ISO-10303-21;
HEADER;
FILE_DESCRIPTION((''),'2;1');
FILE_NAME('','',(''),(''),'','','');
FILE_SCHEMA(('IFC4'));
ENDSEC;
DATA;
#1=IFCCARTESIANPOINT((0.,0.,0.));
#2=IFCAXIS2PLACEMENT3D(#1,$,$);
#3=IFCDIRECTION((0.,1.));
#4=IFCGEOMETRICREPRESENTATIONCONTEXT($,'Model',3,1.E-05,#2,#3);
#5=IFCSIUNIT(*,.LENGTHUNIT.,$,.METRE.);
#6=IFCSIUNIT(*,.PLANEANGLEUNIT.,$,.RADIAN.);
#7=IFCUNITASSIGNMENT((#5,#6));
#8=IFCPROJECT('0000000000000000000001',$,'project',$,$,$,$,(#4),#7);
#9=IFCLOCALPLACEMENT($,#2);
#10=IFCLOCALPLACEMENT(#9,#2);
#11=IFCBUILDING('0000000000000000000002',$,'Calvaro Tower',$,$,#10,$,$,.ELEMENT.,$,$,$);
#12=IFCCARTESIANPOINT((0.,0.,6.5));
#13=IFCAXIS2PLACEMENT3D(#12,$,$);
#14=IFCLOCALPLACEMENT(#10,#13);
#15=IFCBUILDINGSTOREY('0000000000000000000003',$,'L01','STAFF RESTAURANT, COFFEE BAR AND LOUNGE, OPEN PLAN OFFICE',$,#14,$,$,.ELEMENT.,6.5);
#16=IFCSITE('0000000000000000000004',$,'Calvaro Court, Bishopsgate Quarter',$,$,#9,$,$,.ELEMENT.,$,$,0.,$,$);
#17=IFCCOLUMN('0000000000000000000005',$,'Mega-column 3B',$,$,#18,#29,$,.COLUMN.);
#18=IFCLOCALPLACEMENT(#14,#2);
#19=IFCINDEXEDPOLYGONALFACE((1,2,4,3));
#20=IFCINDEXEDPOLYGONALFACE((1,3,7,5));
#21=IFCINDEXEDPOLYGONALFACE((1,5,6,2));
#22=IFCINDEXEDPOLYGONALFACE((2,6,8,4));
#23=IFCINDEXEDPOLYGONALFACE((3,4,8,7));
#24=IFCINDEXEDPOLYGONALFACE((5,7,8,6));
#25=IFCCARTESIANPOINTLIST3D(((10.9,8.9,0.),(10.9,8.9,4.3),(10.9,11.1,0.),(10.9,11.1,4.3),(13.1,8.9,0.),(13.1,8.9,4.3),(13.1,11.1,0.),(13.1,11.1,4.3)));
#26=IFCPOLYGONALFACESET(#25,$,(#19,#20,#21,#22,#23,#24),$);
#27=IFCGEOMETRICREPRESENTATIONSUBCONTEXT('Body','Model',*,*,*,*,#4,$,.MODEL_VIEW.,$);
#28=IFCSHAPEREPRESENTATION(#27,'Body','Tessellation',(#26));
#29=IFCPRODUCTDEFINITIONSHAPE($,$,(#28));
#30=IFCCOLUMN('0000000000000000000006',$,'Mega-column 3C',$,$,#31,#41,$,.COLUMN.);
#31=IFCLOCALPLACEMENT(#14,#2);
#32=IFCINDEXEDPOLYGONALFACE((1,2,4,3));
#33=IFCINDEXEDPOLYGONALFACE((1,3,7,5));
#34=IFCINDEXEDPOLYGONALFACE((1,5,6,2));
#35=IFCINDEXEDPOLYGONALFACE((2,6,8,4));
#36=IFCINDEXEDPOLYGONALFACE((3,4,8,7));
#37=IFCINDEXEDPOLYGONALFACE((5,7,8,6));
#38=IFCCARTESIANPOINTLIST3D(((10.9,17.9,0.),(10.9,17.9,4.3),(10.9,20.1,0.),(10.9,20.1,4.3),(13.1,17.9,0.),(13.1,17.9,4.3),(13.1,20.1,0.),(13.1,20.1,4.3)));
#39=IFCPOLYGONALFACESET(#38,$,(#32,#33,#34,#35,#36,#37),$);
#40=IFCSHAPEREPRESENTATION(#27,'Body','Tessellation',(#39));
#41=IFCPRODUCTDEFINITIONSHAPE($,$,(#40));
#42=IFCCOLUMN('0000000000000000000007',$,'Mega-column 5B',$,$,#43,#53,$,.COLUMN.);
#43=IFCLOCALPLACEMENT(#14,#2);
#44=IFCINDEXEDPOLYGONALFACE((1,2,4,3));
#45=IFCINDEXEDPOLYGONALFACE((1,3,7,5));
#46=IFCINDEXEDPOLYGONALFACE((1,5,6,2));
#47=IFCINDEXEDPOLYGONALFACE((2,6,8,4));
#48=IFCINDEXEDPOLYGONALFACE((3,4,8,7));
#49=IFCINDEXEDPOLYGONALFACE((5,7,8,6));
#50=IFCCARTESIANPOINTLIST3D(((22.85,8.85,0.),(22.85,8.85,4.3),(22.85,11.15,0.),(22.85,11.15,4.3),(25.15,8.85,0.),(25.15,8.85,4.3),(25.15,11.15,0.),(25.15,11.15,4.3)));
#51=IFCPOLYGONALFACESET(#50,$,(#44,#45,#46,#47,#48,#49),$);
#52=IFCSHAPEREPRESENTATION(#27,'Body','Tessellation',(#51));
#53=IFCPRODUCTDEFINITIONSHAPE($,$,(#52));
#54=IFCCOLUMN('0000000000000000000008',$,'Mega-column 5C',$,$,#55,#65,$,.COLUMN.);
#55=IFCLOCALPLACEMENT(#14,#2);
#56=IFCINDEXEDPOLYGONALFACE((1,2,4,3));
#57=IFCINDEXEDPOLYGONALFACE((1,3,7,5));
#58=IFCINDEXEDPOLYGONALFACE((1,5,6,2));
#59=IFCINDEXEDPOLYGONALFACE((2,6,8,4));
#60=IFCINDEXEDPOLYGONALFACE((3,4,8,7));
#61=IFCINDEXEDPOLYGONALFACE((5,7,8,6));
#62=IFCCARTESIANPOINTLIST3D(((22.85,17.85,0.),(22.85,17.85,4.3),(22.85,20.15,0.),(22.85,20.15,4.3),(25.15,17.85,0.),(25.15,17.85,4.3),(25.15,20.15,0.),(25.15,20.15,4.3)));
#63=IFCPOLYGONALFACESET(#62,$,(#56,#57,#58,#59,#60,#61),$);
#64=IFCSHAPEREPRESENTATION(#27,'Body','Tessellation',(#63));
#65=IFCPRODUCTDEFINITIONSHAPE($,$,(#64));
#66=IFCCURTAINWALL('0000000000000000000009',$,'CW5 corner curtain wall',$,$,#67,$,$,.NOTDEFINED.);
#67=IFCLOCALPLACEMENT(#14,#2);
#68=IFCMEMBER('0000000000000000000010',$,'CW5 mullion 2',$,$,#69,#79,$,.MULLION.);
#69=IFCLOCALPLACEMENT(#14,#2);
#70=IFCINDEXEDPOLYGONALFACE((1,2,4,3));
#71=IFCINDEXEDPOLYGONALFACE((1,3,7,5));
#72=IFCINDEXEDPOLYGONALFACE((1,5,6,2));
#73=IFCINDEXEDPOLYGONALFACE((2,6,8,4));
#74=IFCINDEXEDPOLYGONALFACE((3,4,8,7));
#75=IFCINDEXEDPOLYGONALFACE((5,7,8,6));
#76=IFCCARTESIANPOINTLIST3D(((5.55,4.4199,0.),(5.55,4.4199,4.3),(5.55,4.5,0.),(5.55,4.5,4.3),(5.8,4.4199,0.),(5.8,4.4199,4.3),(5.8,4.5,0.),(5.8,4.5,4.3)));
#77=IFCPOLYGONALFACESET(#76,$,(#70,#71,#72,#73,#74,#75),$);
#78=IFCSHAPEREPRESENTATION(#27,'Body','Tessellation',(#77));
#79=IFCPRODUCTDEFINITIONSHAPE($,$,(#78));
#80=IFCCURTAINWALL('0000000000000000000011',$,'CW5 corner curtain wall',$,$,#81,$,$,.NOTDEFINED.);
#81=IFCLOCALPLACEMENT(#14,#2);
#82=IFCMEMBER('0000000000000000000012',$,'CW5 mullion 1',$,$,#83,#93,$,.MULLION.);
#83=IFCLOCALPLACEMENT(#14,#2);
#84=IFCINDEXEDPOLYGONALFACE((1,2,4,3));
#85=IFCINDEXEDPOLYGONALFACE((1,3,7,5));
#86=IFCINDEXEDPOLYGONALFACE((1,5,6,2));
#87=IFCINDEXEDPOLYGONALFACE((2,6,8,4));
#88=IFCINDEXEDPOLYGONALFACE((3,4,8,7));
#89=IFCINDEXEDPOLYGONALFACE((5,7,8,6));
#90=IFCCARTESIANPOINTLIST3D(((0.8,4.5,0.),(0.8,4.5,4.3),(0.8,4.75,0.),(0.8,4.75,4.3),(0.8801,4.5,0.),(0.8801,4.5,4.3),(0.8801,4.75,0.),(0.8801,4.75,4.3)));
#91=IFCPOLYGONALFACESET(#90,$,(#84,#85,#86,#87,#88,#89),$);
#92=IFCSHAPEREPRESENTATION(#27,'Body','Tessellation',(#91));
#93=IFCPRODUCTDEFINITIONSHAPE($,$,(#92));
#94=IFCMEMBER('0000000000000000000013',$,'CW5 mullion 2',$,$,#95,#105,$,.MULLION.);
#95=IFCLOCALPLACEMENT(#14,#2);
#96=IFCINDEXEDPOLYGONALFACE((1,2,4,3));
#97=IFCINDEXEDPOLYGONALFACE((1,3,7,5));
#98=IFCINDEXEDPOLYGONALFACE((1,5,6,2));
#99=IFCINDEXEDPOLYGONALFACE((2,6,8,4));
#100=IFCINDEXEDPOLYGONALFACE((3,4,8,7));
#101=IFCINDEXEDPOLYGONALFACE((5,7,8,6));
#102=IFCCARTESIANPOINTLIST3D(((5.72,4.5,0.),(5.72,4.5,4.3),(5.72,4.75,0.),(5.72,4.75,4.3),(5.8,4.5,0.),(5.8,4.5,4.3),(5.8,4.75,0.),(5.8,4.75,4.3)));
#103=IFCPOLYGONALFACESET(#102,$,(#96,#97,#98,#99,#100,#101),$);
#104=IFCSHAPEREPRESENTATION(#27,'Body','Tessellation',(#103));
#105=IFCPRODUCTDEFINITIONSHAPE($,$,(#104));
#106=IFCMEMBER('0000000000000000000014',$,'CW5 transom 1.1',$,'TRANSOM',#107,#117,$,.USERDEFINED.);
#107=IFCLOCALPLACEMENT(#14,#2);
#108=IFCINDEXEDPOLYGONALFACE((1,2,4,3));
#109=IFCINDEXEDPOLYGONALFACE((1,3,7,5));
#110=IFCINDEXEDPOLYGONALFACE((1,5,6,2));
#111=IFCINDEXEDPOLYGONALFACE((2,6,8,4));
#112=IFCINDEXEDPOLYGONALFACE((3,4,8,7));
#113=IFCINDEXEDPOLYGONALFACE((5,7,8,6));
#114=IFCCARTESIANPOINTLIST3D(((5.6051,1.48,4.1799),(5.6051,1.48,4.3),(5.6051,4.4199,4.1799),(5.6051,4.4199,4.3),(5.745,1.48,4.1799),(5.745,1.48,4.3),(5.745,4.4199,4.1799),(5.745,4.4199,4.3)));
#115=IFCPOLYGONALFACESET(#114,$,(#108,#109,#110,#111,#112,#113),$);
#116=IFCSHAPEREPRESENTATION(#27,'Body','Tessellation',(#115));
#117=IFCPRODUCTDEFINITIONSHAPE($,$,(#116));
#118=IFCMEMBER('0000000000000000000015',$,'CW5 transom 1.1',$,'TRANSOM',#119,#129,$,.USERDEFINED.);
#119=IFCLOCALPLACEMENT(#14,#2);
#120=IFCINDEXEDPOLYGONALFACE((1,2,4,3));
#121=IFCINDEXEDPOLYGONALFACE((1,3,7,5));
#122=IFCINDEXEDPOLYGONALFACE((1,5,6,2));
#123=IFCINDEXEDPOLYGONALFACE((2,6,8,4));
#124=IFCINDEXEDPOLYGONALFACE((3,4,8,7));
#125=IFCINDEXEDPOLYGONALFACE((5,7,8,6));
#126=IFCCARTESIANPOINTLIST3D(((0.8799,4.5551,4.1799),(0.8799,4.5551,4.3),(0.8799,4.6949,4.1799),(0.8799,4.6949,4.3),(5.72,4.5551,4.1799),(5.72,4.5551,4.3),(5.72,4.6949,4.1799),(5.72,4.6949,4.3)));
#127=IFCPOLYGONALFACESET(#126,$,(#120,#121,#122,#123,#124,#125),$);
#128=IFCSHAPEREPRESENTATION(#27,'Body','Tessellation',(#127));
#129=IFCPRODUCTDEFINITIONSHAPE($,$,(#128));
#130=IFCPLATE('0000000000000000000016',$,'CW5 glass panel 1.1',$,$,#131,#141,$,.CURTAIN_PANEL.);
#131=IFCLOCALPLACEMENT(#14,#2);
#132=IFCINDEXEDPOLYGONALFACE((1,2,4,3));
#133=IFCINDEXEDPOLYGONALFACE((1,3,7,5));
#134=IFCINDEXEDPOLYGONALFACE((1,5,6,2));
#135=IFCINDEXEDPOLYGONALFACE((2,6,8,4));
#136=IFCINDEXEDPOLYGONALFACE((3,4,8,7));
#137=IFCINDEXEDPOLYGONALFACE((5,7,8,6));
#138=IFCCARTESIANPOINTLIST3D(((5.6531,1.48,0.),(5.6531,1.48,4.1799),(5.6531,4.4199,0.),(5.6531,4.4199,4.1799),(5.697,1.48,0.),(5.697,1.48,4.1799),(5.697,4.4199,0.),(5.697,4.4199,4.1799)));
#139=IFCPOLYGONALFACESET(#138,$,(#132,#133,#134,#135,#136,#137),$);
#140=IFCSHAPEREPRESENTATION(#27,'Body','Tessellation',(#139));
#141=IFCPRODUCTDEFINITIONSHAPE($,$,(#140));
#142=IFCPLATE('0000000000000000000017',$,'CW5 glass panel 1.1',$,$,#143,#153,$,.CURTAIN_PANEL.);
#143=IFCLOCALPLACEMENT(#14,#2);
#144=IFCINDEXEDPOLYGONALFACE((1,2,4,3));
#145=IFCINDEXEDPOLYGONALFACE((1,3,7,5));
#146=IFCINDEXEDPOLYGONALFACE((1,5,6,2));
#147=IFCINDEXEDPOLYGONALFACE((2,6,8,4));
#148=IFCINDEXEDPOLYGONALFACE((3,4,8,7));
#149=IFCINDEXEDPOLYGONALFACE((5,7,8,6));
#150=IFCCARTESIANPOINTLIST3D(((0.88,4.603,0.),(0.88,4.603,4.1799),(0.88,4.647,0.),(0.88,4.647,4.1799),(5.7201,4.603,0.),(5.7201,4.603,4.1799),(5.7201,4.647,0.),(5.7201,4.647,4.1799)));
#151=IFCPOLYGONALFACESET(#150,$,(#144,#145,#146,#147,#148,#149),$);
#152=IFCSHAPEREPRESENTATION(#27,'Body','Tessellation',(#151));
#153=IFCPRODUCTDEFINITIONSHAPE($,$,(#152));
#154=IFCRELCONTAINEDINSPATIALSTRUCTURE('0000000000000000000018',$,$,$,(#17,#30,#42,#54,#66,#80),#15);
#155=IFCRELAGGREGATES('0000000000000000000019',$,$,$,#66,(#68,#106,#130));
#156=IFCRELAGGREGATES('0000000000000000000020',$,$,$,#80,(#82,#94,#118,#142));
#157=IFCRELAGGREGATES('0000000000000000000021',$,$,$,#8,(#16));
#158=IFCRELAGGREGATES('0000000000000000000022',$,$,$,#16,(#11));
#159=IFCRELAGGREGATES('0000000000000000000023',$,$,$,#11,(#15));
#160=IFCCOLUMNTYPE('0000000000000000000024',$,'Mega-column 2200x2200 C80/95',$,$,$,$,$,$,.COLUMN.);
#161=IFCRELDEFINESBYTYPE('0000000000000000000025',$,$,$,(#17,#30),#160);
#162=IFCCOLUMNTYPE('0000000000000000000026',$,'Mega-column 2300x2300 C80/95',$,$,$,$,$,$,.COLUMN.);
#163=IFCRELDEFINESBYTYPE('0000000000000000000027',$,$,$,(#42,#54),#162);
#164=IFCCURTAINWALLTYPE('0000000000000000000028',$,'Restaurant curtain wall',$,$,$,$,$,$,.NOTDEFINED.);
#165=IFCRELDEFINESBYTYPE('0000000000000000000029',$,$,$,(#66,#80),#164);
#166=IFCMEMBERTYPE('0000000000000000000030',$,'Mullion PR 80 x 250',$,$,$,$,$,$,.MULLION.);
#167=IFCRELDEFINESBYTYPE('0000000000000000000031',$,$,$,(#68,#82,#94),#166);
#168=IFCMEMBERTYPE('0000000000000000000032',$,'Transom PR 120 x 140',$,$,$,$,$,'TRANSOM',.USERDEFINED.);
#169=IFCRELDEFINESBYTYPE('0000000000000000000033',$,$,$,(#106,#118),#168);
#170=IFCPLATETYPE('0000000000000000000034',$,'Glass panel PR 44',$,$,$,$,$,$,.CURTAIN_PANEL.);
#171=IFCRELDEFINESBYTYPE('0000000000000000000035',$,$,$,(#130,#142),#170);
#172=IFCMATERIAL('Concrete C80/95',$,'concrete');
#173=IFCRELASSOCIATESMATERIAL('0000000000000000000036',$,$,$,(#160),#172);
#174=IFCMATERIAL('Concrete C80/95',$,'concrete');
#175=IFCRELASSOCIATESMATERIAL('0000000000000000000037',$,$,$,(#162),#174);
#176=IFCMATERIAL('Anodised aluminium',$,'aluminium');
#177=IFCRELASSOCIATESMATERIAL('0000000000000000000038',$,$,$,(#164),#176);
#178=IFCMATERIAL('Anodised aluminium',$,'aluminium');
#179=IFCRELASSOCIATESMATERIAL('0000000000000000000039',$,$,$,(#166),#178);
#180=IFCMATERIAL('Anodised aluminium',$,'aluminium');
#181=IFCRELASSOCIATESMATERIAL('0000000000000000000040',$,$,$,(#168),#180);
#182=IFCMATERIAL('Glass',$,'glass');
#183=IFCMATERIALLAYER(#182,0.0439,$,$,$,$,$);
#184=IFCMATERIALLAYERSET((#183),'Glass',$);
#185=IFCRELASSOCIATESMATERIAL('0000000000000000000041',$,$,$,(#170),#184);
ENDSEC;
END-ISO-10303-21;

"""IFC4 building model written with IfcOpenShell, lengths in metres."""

from ifc_helpers import new_model, si_unit, direction, frame, origin, origin_2d, place, context, subcontext, project, spatial, rectangle, extrude, material, layer, layer_set, material_profile, profile_set, type_object, element, aggregate, save


model = new_model("IFC4")

# Units and contexts
model_context = context("Model", 3, precision=1e-05, world=origin(), true_north=direction((0.0, 1.0)))
body_context = subcontext(model_context, "Body", "Model", "MODEL_VIEW")
ifc_project = project(units=[si_unit("LENGTHUNIT", "METRE"), si_unit("PLANEANGLEUNIT", "RADIAN")], contexts=[model_context])

# Site, building, storey
site_placement = place(None, origin())
site = spatial("IfcSite", under=ifc_project, at=site_placement, Name="Calvaro Court, Bishopsgate Quarter", CompositionType="ELEMENT", RefElevation=0.0)
building_placement = place(site_placement, origin())
building = spatial("IfcBuilding", under=site, at=building_placement, Name="Calvaro Tower", CompositionType="ELEMENT")
storey_placement = place(building_placement, frame((0.0, 0.0, 6.5)))
storey = spatial("IfcBuildingStorey", under=building, at=storey_placement, Name="L01", Description="STAFF RESTAURANT, COFFEE BAR AND LOUNGE, OPEN PLAN OFFICE", CompositionType="ELEMENT", Elevation=6.5)

# Columns
ifc_material_1 = material(Name="Concrete C80/95", Category="concrete")
ifc_material_profile_1 = material_profile(ifc_material_1, rectangle(XDim=2.2, YDim=2.2, at=origin_2d()), Name="RC 2200x2200")
ifc_profile_set_1 = profile_set([ifc_material_profile_1], Name="Concrete C80/95")
column_type_1 = type_object("IfcColumnType", Name="Mega-column 2200x2200 C80/95", PredefinedType="COLUMN", material=ifc_profile_set_1)
for number, where, z_axis, x_axis, name in (
    (1, (12.0, 10.0, 0.0), (0.0, 0.0, 1.0), (1.0, 0.0, 0.0), "Mega-column 3B"),
    (2, (12.0, 19.0, 0.0), (0.0, 0.0, 1.0), (1.0, 0.0, 0.0), "Mega-column 3C"),
):
    element("IfcColumn", number, at=place(storey_placement, frame(where, z_axis=z_axis, x_axis=x_axis)), inside=storey, type_object=column_type_1, Name=name, PredefinedType="COLUMN", context=body_context, shape_type="SweptSolid", body=[
        extrude(rectangle(XDim=2.2, YDim=2.2, at=origin_2d()), origin(), (0.0, 0.0, 1.0), 4.3),
    ])
ifc_material_2 = material(Name="Concrete C80/95", Category="concrete")
ifc_material_profile_2 = material_profile(ifc_material_2, rectangle(XDim=2.3, YDim=2.3, at=origin_2d()), Name="RC 2300x2300")
ifc_profile_set_2 = profile_set([ifc_material_profile_2], Name="Concrete C80/95")
column_type_2 = type_object("IfcColumnType", Name="Mega-column 2300x2300 C80/95", PredefinedType="COLUMN", material=ifc_profile_set_2)
for number, where, z_axis, x_axis, name in (
    (3, (24.0, 10.0, 0.0), (0.0, 0.0, 1.0), (1.0, 0.0, 0.0), "Mega-column 5B"),
    (4, (24.0, 19.0, 0.0), (0.0, 0.0, 1.0), (1.0, 0.0, 0.0), "Mega-column 5C"),
):
    element("IfcColumn", number, at=place(storey_placement, frame(where, z_axis=z_axis, x_axis=x_axis)), inside=storey, type_object=column_type_2, Name=name, PredefinedType="COLUMN", context=body_context, shape_type="SweptSolid", body=[
        extrude(rectangle(XDim=2.3, YDim=2.3, at=origin_2d()), origin(), (0.0, 0.0, 1.0), 4.3),
    ])

# Curtain wall, member
ifc_material_3 = material(Name="Anodised aluminium", Category="aluminium")
curtain_wall_type = type_object("IfcCurtainWallType", Name="Restaurant curtain wall", PredefinedType="NOTDEFINED", material=ifc_material_3)
curtain_wall_1_placement = place(storey_placement, origin())
curtain_wall_1 = element("IfcCurtainWall", 5, at=curtain_wall_1_placement, inside=storey, type_object=curtain_wall_type, Name="CW5 corner curtain wall", PredefinedType="NOTDEFINED")
ifc_material_4 = material(Name="Anodised aluminium", Category="aluminium")
ifc_material_profile_3 = material_profile(ifc_material_4, rectangle(XDim=0.25, YDim=0.0801, at=origin_2d()), Name="Mullion PR 80 x 250")
ifc_profile_set_3 = profile_set([ifc_material_profile_3], Name="Anodised aluminium")
member_type_1 = type_object("IfcMemberType", Name="Mullion PR 80 x 250", PredefinedType="MULLION", material=ifc_profile_set_3)
member_1_placement = place(storey_placement, frame((5.675, 4.46, 0.0), z_axis=(0.0, 0.0, 1.0), x_axis=(-1.0, 0.0, 0.0)))
member_1 = element("IfcMember", 6, at=member_1_placement, type_object=member_type_1, Name="CW5 mullion 2", PredefinedType="MULLION", context=body_context, shape_type="SweptSolid", body=[
    extrude(rectangle(XDim=0.25, YDim=0.0801, at=origin_2d()), origin(), (0.0, 0.0, 1.0), 4.3),
])

# Curtain wall, members
curtain_wall_2_placement = place(storey_placement, origin())
curtain_wall_2 = element("IfcCurtainWall", 7, at=curtain_wall_2_placement, inside=storey, type_object=curtain_wall_type, Name="CW5 corner curtain wall", PredefinedType="NOTDEFINED")
member_2_placement = place(storey_placement, frame((0.8401, 4.625, 0.0), z_axis=(0.0, 0.0, 1.0), x_axis=(0.0, 1.0, 0.0)))
member_2 = element("IfcMember", 8, at=member_2_placement, type_object=member_type_1, Name="CW5 mullion 1", PredefinedType="MULLION", context=body_context, shape_type="SweptSolid", body=[
    extrude(rectangle(XDim=0.25, YDim=0.0801, at=origin_2d()), origin(), (0.0, 0.0, 1.0), 4.3),
])
member_3_placement = place(storey_placement, frame((5.76, 4.625, 0.0), z_axis=(0.0, 0.0, 1.0), x_axis=(0.0, 1.0, 0.0)))
member_3 = element("IfcMember", 9, at=member_3_placement, type_object=member_type_1, Name="CW5 mullion 2", PredefinedType="MULLION", context=body_context, shape_type="SweptSolid", body=[
    extrude(rectangle(XDim=0.25, YDim=0.0801, at=origin_2d()), origin(), (0.0, 0.0, 1.0), 4.3),
])

# Members
ifc_material_5 = material(Name="Anodised aluminium", Category="aluminium")
ifc_material_profile_4 = material_profile(ifc_material_5, rectangle(XDim=0.1399, YDim=0.1201, at=origin_2d()), Name="Transom PR 120 x 140")
ifc_profile_set_4 = profile_set([ifc_material_profile_4], Name="Anodised aluminium")
member_type_2 = type_object("IfcMemberType", Name="Transom PR 120 x 140", ElementType="TRANSOM", PredefinedType="USERDEFINED", material=ifc_profile_set_4)
member_4_placement = place(storey_placement, frame((5.675, 1.48, 4.24), z_axis=(0.0, 1.0, 0.0), x_axis=(-1.0, 0.0, 0.0)))
member_4 = element("IfcMember", 10, at=member_4_placement, type_object=member_type_2, Name="CW5 transom 1.1", ObjectType="TRANSOM", PredefinedType="USERDEFINED", context=body_context, shape_type="SweptSolid", body=[
    extrude(rectangle(XDim=0.1399, YDim=0.1201, at=origin_2d()), origin(), (0.0, 0.0, 1.0), 2.9399),
])
member_5_placement = place(storey_placement, frame((0.8799, 4.625, 4.24), z_axis=(1.0, 0.0, 0.0), x_axis=(0.0, 1.0, 0.0)))
member_5 = element("IfcMember", 11, at=member_5_placement, type_object=member_type_2, Name="CW5 transom 1.1", ObjectType="TRANSOM", PredefinedType="USERDEFINED", context=body_context, shape_type="SweptSolid", body=[
    extrude(rectangle(XDim=0.1399, YDim=0.1201, at=origin_2d()), origin(), (0.0, 0.0, 1.0), 4.8401),
])

# Plates
ifc_material_6 = material(Name="Glass", Category="glass")
ifc_layer_1 = layer(ifc_material_6, 0.0439)
ifc_layer_set_1 = layer_set([ifc_layer_1], Name="Glass")
plate_type = type_object("IfcPlateType", Name="Glass panel PR 44", PredefinedType="CURTAIN_PANEL", material=ifc_layer_set_1)
plate_1_placement = place(storey_placement, frame((5.675, 2.95, 0.0), z_axis=(0.0, 0.0, 1.0), x_axis=(0.0, 1.0, 0.0)))
plate_1 = element("IfcPlate", 12, at=plate_1_placement, type_object=plate_type, Name="CW5 glass panel 1.1", PredefinedType="CURTAIN_PANEL", context=body_context, shape_type="SweptSolid", body=[
    extrude(rectangle(XDim=2.9399, YDim=0.0439, at=origin_2d()), origin(), (0.0, 0.0, 1.0), 4.1799),
])
aggregate(curtain_wall_1, [member_1, member_4, plate_1])
plate_2_placement = place(storey_placement, frame((3.3, 4.625, 0.0), z_axis=(0.0, 0.0, 1.0), x_axis=(1.0, 0.0, 0.0)))
plate_2 = element("IfcPlate", 13, at=plate_2_placement, type_object=plate_type, Name="CW5 glass panel 1.1", PredefinedType="CURTAIN_PANEL", context=body_context, shape_type="SweptSolid", body=[
    extrude(rectangle(XDim=4.8401, YDim=0.0439, at=origin_2d()), origin(), (0.0, 0.0, 1.0), 4.1799),
])
aggregate(curtain_wall_2, [member_2, member_3, member_5, plate_2])

save(model, "model.ifc")
